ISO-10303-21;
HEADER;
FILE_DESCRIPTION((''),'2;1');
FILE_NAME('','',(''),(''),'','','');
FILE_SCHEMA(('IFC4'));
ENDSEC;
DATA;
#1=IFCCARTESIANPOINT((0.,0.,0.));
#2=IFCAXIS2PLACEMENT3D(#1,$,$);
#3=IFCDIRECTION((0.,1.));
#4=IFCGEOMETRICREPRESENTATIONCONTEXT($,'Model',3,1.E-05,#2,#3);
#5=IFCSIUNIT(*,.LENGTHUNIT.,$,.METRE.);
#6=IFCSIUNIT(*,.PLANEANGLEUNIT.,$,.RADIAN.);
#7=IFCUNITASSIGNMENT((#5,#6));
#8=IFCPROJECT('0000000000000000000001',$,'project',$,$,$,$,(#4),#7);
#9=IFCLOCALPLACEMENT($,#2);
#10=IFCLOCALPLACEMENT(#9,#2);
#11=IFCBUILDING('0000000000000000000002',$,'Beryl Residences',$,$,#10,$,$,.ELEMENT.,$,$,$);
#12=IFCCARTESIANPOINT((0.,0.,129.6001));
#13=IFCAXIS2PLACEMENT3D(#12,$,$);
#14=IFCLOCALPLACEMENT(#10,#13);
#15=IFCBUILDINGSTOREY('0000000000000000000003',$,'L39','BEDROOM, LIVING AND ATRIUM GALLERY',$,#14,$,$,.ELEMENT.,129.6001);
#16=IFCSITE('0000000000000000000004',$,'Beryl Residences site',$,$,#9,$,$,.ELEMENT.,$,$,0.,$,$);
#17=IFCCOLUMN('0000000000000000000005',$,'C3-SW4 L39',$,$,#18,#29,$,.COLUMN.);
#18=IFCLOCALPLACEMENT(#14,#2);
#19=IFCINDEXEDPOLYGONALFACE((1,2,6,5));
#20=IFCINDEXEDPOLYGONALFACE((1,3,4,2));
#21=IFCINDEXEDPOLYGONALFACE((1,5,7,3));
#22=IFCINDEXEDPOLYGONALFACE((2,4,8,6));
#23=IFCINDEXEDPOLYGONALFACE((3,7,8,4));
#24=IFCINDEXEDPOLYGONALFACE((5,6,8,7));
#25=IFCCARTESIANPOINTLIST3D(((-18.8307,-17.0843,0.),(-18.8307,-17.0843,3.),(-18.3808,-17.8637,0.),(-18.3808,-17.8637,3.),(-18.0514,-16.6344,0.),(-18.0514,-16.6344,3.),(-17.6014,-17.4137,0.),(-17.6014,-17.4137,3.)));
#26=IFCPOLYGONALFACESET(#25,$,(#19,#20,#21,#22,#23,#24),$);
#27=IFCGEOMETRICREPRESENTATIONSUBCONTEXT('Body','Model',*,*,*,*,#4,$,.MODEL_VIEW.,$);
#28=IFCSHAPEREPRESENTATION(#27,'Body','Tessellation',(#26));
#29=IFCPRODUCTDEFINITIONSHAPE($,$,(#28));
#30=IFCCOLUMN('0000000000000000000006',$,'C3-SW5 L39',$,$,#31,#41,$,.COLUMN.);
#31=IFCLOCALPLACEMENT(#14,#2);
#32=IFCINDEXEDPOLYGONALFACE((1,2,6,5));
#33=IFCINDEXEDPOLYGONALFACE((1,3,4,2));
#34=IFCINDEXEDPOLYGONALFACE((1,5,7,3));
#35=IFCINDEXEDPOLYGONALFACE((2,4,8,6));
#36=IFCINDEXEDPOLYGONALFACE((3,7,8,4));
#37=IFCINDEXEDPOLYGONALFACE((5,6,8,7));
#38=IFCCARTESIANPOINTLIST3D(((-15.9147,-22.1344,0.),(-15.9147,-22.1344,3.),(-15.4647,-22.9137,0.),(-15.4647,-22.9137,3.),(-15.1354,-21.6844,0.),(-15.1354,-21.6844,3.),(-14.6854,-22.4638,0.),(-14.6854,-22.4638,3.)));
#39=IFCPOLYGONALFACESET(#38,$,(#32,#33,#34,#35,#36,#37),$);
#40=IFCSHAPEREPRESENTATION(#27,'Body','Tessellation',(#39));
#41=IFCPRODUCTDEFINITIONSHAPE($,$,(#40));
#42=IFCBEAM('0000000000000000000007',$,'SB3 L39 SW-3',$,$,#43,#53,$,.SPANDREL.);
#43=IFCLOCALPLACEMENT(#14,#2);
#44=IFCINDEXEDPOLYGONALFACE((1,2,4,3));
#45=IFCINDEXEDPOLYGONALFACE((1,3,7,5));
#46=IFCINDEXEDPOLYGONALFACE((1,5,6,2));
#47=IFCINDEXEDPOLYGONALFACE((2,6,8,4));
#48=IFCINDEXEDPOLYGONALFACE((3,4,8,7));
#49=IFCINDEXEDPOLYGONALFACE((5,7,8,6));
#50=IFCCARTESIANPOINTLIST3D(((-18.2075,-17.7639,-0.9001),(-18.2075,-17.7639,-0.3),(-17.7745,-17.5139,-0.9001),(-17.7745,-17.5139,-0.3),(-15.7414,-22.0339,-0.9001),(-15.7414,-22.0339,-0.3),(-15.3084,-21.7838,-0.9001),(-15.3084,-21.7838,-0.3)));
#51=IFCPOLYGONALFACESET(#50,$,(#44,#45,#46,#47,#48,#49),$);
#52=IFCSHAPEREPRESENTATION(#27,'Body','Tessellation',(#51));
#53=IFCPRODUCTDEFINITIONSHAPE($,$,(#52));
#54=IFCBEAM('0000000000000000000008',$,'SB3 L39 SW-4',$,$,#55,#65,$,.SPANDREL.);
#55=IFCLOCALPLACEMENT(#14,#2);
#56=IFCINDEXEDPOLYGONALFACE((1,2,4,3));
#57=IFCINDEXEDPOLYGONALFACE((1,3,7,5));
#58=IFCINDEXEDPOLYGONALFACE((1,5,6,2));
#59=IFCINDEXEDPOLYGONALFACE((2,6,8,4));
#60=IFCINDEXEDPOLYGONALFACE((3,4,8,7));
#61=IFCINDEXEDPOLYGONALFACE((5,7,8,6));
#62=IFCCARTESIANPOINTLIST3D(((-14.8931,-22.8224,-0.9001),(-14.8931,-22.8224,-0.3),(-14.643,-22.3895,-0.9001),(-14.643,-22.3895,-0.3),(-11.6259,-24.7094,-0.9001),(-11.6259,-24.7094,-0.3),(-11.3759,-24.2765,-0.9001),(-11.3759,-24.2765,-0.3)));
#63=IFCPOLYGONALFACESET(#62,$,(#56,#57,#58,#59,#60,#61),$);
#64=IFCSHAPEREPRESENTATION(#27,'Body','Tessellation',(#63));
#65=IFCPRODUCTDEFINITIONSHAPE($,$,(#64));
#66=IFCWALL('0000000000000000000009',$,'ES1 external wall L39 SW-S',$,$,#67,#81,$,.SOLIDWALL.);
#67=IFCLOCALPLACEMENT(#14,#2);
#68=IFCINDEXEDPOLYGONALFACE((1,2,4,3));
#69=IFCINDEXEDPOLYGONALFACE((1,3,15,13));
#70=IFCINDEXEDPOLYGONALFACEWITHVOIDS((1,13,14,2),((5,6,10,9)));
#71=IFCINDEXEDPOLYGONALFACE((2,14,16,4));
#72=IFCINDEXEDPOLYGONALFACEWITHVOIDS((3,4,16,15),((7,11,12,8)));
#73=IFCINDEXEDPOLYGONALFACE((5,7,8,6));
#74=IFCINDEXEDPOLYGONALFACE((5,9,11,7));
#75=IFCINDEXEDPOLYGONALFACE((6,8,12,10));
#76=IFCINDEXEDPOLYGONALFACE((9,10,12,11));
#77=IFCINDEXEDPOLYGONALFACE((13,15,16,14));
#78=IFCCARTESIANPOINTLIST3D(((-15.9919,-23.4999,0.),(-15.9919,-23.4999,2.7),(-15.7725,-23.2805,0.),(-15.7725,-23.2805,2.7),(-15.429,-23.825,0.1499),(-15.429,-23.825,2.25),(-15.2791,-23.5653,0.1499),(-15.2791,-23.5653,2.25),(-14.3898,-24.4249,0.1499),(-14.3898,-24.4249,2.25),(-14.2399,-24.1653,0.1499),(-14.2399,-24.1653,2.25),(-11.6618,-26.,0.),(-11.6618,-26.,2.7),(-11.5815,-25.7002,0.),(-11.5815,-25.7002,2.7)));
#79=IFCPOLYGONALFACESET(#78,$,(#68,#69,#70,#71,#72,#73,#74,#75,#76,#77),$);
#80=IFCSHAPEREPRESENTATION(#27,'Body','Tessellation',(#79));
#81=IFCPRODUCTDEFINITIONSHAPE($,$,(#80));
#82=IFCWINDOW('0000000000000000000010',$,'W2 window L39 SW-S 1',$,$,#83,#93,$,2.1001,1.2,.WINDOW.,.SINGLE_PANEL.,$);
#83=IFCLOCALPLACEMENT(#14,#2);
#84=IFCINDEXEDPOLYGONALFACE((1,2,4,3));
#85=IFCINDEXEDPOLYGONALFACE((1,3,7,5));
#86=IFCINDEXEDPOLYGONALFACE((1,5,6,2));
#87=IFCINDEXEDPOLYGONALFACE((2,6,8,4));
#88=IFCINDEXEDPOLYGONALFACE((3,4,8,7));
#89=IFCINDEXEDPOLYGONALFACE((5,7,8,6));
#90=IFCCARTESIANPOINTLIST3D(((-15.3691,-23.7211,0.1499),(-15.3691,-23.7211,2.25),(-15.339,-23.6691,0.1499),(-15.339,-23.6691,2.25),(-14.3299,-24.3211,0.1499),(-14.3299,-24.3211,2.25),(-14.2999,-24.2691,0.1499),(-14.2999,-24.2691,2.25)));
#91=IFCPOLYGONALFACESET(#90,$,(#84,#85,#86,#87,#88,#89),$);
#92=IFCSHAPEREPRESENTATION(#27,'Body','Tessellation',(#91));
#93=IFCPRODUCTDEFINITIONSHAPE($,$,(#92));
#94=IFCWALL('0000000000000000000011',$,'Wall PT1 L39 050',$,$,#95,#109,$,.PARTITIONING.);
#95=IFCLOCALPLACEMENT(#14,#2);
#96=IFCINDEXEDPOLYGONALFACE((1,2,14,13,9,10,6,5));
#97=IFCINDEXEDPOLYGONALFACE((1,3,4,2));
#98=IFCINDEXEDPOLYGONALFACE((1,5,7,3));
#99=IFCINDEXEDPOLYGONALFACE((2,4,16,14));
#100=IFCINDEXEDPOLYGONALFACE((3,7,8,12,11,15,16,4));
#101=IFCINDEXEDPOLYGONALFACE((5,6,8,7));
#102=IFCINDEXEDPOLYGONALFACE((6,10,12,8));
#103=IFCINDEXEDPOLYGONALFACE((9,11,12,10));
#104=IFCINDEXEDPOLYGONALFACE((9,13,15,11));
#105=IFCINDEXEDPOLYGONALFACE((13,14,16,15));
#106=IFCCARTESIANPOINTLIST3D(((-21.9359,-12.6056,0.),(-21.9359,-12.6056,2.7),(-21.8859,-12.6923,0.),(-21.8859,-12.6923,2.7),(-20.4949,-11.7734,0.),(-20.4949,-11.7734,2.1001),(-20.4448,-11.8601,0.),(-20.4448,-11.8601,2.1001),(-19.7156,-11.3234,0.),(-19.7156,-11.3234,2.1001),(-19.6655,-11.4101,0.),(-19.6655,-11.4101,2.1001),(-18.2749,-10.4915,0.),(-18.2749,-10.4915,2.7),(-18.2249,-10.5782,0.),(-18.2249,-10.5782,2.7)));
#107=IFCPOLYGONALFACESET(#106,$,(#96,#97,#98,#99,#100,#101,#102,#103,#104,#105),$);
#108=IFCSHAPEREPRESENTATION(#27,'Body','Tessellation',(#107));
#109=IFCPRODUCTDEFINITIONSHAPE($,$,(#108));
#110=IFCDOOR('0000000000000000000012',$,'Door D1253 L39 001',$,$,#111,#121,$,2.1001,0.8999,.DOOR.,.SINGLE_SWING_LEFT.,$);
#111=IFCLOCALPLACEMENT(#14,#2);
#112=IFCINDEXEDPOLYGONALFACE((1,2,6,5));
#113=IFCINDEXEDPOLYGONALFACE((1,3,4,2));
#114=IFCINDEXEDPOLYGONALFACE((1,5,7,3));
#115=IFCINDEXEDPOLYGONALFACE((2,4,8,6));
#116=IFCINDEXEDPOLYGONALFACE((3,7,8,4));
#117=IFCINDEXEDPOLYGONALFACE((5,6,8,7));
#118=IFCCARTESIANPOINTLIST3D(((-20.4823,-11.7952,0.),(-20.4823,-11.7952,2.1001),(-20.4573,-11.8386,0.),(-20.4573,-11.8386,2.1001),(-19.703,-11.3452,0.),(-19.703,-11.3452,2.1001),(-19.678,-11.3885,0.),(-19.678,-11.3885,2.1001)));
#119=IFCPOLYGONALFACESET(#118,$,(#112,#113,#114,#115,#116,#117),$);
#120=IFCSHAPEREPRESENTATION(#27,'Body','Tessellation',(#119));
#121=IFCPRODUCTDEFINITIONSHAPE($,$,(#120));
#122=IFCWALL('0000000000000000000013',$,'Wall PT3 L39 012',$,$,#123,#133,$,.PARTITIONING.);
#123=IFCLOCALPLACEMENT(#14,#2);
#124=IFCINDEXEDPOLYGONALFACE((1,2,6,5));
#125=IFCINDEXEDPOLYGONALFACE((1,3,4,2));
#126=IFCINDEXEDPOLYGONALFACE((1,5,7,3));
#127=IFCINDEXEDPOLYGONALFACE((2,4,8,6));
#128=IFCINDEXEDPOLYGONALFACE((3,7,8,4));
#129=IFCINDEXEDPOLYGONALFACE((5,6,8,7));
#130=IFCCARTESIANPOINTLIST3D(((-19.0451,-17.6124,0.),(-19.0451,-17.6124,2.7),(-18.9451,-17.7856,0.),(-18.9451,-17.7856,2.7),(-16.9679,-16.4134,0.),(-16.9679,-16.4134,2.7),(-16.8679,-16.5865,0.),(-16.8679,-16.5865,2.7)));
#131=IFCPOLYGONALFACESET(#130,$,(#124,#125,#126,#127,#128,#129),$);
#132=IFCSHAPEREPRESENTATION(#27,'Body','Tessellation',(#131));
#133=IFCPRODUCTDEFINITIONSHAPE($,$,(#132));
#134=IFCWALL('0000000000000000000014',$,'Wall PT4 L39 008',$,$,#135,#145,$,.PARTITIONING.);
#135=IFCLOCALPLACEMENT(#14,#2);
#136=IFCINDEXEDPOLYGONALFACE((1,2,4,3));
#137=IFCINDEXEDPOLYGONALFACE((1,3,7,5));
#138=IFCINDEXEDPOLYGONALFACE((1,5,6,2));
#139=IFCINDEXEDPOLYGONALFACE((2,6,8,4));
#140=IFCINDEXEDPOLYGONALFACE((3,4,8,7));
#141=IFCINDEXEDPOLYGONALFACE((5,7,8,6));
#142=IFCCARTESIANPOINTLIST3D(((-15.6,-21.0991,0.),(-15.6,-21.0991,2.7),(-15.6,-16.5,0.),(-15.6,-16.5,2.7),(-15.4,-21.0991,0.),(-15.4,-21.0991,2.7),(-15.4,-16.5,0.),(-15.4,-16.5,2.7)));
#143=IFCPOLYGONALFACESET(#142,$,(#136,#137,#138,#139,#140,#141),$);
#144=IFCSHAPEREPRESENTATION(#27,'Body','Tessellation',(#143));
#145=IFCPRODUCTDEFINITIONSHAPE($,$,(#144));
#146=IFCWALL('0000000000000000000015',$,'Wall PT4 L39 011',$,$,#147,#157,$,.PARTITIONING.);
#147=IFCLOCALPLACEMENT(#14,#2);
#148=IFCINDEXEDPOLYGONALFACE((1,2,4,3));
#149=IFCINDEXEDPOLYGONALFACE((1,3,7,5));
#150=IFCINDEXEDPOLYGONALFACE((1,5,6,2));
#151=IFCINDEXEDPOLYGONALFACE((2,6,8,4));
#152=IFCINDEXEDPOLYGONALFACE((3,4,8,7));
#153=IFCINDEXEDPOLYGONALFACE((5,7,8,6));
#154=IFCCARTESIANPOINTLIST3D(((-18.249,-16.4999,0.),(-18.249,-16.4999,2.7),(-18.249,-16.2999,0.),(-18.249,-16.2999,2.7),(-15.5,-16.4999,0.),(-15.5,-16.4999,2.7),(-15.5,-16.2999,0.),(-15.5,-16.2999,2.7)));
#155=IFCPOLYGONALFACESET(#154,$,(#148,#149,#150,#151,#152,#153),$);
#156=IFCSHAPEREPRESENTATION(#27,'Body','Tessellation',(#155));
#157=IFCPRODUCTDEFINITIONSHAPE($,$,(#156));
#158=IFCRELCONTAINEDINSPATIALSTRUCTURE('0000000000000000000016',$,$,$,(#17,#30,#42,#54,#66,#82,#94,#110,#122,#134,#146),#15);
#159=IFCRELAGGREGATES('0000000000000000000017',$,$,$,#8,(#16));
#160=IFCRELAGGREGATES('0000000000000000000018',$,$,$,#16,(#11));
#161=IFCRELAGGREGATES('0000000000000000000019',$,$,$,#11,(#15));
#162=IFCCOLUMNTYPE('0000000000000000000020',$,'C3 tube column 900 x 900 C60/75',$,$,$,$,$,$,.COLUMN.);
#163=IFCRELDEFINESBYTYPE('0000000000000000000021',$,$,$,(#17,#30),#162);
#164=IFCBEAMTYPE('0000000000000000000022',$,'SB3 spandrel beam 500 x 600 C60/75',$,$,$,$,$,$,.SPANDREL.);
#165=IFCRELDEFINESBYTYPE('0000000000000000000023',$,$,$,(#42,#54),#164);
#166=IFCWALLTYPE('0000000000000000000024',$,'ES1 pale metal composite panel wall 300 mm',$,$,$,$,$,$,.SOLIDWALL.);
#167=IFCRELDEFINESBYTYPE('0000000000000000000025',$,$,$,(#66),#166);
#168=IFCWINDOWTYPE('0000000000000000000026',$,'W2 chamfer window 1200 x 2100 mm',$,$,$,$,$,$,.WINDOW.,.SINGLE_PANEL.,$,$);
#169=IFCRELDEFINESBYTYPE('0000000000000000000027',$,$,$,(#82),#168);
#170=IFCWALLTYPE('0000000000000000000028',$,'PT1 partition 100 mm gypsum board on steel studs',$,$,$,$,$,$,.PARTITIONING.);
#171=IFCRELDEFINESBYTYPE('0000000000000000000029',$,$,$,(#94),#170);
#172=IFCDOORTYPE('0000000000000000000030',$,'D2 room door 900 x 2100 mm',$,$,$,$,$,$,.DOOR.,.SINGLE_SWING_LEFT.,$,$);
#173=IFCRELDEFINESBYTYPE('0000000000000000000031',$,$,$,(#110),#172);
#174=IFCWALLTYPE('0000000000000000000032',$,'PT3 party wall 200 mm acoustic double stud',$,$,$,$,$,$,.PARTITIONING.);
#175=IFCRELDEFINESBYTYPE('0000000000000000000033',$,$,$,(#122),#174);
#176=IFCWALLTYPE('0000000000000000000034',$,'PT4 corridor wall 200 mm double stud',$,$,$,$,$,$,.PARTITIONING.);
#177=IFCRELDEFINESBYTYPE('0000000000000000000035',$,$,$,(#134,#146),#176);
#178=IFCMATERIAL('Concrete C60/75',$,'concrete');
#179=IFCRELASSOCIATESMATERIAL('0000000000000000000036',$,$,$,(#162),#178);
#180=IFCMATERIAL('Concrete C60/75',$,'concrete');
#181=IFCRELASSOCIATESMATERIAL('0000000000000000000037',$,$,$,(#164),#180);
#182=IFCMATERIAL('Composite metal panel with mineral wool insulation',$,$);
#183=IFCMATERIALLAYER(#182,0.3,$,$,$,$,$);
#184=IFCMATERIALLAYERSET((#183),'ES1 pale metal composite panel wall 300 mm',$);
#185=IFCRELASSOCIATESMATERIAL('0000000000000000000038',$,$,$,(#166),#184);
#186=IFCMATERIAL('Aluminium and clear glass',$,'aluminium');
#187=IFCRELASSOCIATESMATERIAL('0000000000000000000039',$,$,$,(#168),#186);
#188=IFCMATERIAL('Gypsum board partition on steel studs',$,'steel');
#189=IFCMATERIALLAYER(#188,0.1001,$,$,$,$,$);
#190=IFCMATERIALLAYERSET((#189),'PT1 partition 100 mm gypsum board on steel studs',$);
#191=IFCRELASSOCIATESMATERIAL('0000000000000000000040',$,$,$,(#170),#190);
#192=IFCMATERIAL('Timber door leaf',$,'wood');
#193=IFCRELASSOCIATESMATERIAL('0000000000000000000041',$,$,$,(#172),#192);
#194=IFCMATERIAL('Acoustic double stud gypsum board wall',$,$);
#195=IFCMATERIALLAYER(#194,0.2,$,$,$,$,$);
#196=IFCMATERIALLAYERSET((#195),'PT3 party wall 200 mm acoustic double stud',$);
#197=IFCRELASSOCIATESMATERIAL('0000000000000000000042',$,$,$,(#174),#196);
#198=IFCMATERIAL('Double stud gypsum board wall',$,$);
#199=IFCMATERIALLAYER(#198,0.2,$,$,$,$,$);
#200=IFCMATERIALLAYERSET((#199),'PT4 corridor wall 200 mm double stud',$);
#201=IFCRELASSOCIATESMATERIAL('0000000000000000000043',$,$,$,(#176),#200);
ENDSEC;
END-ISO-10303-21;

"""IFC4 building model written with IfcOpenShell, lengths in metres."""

from ifc_helpers import new_model, si_unit, direction, frame, frame_2d, origin, origin_2d, place, context, subcontext, project, spatial, polyline, rectangle, outline, extrude, material, layer, layer_set, material_profile, profile_set, type_object, element, fill, save


model = new_model("IFC4")

# Units and contexts
model_context = context("Model", 3, precision=1e-05, world=origin(), true_north=direction((0.0, 1.0)))
body_context = subcontext(model_context, "Body", "Model", "MODEL_VIEW")
ifc_project = project(units=[si_unit("LENGTHUNIT", "METRE"), si_unit("PLANEANGLEUNIT", "RADIAN")], contexts=[model_context])

# Site, building, storey
site_placement = place(None, origin())
site = spatial("IfcSite", under=ifc_project, at=site_placement, Name="Beryl Residences site", CompositionType="ELEMENT", RefElevation=0.0)
building_placement = place(site_placement, origin())
building = spatial("IfcBuilding", under=site, at=building_placement, Name="Beryl Residences", CompositionType="ELEMENT")
storey_placement = place(building_placement, frame((0.0, 0.0, 129.6001)))
storey = spatial("IfcBuildingStorey", under=building, at=storey_placement, Name="L39", Description="BEDROOM, LIVING AND ATRIUM GALLERY", CompositionType="ELEMENT", Elevation=129.6001)

# Columns
ifc_material_1 = material(Name="Concrete C60/75", Category="concrete")
ifc_material_profile_1 = material_profile(ifc_material_1, rectangle(XDim=0.8999, YDim=0.8999, at=origin_2d()))
ifc_profile_set_1 = profile_set([ifc_material_profile_1], Name="Concrete C60/75")
column_type = type_object("IfcColumnType", Name="C3 tube column 900 x 900 C60/75", PredefinedType="COLUMN", material=ifc_profile_set_1)
for number, where, z_axis, x_axis, name in (
    (1, (-18.2161, -17.249, 0.0), (0.0, 0.0, 1.0), (0.5, -0.866025, 0.0), "C3-SW4 L39"),
    (2, (-15.3, -22.2991, 0.0), (0.0, 0.0, 1.0), (0.5, -0.866025, 0.0), "C3-SW5 L39"),
):
    element("IfcColumn", number, at=place(storey_placement, frame(where, z_axis=z_axis, x_axis=x_axis)), inside=storey, type_object=column_type, Name=name, PredefinedType="COLUMN", context=body_context, shape_type="SweptSolid", body=[
        extrude(rectangle(XDim=0.8999, YDim=0.8999, at=origin_2d()), origin(), (0.0, 0.0, 1.0), 3.0),
    ])

# Beams
ifc_material_2 = material(Name="Concrete C60/75", Category="concrete")
ifc_material_profile_2 = material_profile(ifc_material_2, rectangle(XDim=0.5, YDim=0.6001, at=origin_2d()))
ifc_profile_set_2 = profile_set([ifc_material_profile_2], Name="Concrete C60/75")
beam_type = type_object("IfcBeamType", Name="SB3 spandrel beam 500 x 600 C60/75", PredefinedType="SPANDREL", material=ifc_profile_set_2)
beam_1_placement = place(storey_placement, frame((-17.991, -17.6389, -0.6001), z_axis=(0.500117, -0.865958, 0.0), x_axis=(0.865958, 0.500117, 0.0)))
element("IfcBeam", 3, at=beam_1_placement, inside=storey, type_object=beam_type, Name="SB3 L39 SW-3", PredefinedType="SPANDREL", context=body_context, shape_type="SweptSolid", body=[
    extrude(rectangle(XDim=0.5, YDim=0.6001, at=origin_2d()), origin(), (0.0, 0.0, 1.0), 4.9309),
])
beam_2_placement = place(storey_placement, frame((-14.7681, -22.606, -0.6001), z_axis=(0.865944, -0.500141, 0.0), x_axis=(0.500141, 0.865944, 0.0)))
element("IfcBeam", 4, at=beam_2_placement, inside=storey, type_object=beam_type, Name="SB3 L39 SW-4", PredefinedType="SPANDREL", context=body_context, shape_type="SweptSolid", body=[
    extrude(rectangle(XDim=0.5, YDim=0.6001, at=origin_2d()), origin(), (0.0, 0.0, 1.0), 3.7729),
])

# Wall, opening, window
ifc_material_3 = material(Name="Composite metal panel with mineral wool insulation")
ifc_layer_1 = layer(ifc_material_3, 0.3)
ifc_layer_set_1 = layer_set([ifc_layer_1], Name="ES1 pale metal composite panel wall 300 mm")
wall_type_1 = type_object("IfcWallType", Name="ES1 pale metal composite panel wall 300 mm", PredefinedType="SOLIDWALL", material=ifc_layer_set_1)
wall_1_placement = place(storey_placement, frame((-15.917, -23.3701, 0.0), z_axis=(0.0, 0.0, 1.0), x_axis=(0.866023, -0.500004, 0.0)))
wall_1 = element("IfcWall", 5, at=wall_1_placement, inside=storey, type_object=wall_type_1, Name="ES1 external wall L39 SW-S", PredefinedType="SOLIDWALL", context=body_context, shape_type="SweptSolid", body=[
    extrude(outline(polyline([(0.0, -0.1499), (5.0, -0.1499), (4.9197, 0.1499), (0.0803, 0.1499), (0.0, -0.1499)])), origin(), (0.0, 0.0, 1.0), 2.7),
])
opening_1_placement = place(wall_1_placement, frame((0.6499, 0.0, 0.1499)))
opening_1 = element("IfcOpeningElement", 6, at=opening_1_placement, cuts=wall_1, PredefinedType="OPENING", context=body_context, shape_type="SweptSolid", body=[
    extrude(rectangle(XDim=1.2, YDim=2.1001, at=frame_2d((0.6001, 1.05))), frame((0.0, 0.1599, 0.0), z_axis=(0.0, -1.0, 0.0), x_axis=(1.0, 0.0, 0.0)), (0.0, 0.0, 1.0), 0.3201),
])
ifc_material_4 = material(Name="Aluminium and clear glass", Category="aluminium")
window_type = type_object("IfcWindowType", Name="W2 chamfer window 1200 x 2100 mm", PartitioningType="SINGLE_PANEL", PredefinedType="WINDOW", material=ifc_material_4)
window_placement = place(opening_1_placement, origin())
window = element("IfcWindow", 7, at=window_placement, inside=storey, type_object=window_type, Name="W2 window L39 SW-S 1", OverallHeight=2.1001, OverallWidth=1.2, PartitioningType="SINGLE_PANEL", PredefinedType="WINDOW", context=body_context, shape_type="SweptSolid", body=[
    extrude(rectangle(XDim=1.2, YDim=2.1001, at=frame_2d((0.6001, 1.05))), frame((0.0, 0.03, 0.0), z_axis=(0.0, -1.0, 0.0), x_axis=(1.0, 0.0, 0.0)), (0.0, 0.0, 1.0), 0.0601),
])
fill(opening_1, window)

# Wall, opening, door
ifc_material_5 = material(Name="Gypsum board partition on steel studs", Category="steel")
ifc_layer_2 = layer(ifc_material_5, 0.1001)
ifc_layer_set_2 = layer_set([ifc_layer_2], Name="PT1 partition 100 mm gypsum board on steel studs")
wall_type_2 = type_object("IfcWallType", Name="PT1 partition 100 mm gypsum board on steel studs", PredefinedType="PARTITIONING", material=ifc_layer_set_2)
wall_2_placement = place(storey_placement, frame((-21.9109, -12.6489, 0.0), z_axis=(0.0, 0.0, 1.0), x_axis=(0.865985, 0.500071, 0.0)))
wall_2 = element("IfcWall", 8, at=wall_2_placement, inside=storey, type_object=wall_type_2, Name="Wall PT1 L39 050", PredefinedType="PARTITIONING", context=body_context, shape_type="SweptSolid", body=[
    extrude(rectangle(XDim=4.2275, YDim=0.1001, at=frame_2d((2.1138, 0.0))), origin(), (0.0, 0.0, 1.0), 2.7),
])
opening_2_placement = place(wall_2_placement, frame((1.6641, 0.0, 0.0)))
opening_2 = element("IfcOpeningElement", 9, at=opening_2_placement, cuts=wall_2, PredefinedType="OPENING", context=body_context, shape_type="SweptSolid", body=[
    extrude(rectangle(XDim=0.8999, YDim=2.1001, at=frame_2d((0.45, 1.05))), frame((0.0, 0.0601, 0.0), z_axis=(0.0, -1.0, 0.0), x_axis=(1.0, 0.0, 0.0)), (0.0, 0.0, 1.0), 0.1201),
])
ifc_material_6 = material(Name="Timber door leaf", Category="wood")
door_type_1 = type_object("IfcDoorType", Name="D2 room door 900 x 2100 mm", OperationType="SINGLE_SWING_LEFT", PredefinedType="DOOR", material=ifc_material_6)
door_1_placement = place(opening_2_placement, origin())
door_1 = element("IfcDoor", 10, at=door_1_placement, inside=storey, type_object=door_type_1, Name="Door D1253 L39 001", OperationType="SINGLE_SWING_LEFT", OverallHeight=2.1001, OverallWidth=0.8999, PredefinedType="DOOR", context=body_context, shape_type="SweptSolid", body=[
    extrude(rectangle(XDim=0.8999, YDim=2.1001, at=frame_2d((0.45, 1.05))), frame((0.0, 0.0249, 0.0), z_axis=(0.0, -1.0, 0.0), x_axis=(1.0, 0.0, 0.0)), (0.0, 0.0, 1.0), 0.05),
])
fill(opening_2, door_1)

# Walls
ifc_material_7 = material(Name="Acoustic double stud gypsum board wall")
ifc_layer_3 = layer(ifc_material_7, 0.2)
ifc_layer_set_3 = layer_set([ifc_layer_3], Name="PT3 party wall 200 mm acoustic double stud")
wall_type_3 = type_object("IfcWallType", Name="PT3 party wall 200 mm acoustic double stud", PredefinedType="PARTITIONING", material=ifc_layer_set_3)
wall_3_placement = place(storey_placement, frame((-18.9951, -17.699, 0.0), z_axis=(0.0, 0.0, 1.0), x_axis=(0.866074, 0.499916, 0.0)))
element("IfcWall", 11, at=wall_3_placement, inside=storey, type_object=wall_type_3, Name="Wall PT3 L39 012", PredefinedType="PARTITIONING", context=body_context, shape_type="SweptSolid", body=[
    extrude(rectangle(XDim=2.3984, YDim=0.2, at=frame_2d((1.1992, 0.0))), origin(), (0.0, 0.0, 1.0), 2.7),
])
ifc_material_8 = material(Name="Double stud gypsum board wall")
ifc_layer_4 = layer(ifc_material_8, 0.2)
ifc_layer_set_4 = layer_set([ifc_layer_4], Name="PT4 corridor wall 200 mm double stud")
wall_type_4 = type_object("IfcWallType", Name="PT4 corridor wall 200 mm double stud", PredefinedType="PARTITIONING", material=ifc_layer_set_4)
wall_4_placement = place(storey_placement, frame((-15.5, -16.5, 0.0), z_axis=(0.0, 0.0, 1.0), x_axis=(0.0, -1.0, 0.0)))
element("IfcWall", 12, at=wall_4_placement, inside=storey, type_object=wall_type_4, Name="Wall PT4 L39 008", PredefinedType="PARTITIONING", context=body_context, shape_type="SweptSolid", body=[
    extrude(rectangle(XDim=4.5991, YDim=0.2, at=frame_2d((2.2996, 0.0))), origin(), (0.0, 0.0, 1.0), 2.7),
])
wall_5_placement = place(storey_placement, frame((-18.249, -16.3999, 0.0), z_axis=(0.0, 0.0, 1.0), x_axis=(1.0, 0.0, 0.0)))
element("IfcWall", 13, at=wall_5_placement, inside=storey, type_object=wall_type_4, Name="Wall PT4 L39 011", PredefinedType="PARTITIONING", context=body_context, shape_type="SweptSolid", body=[
    extrude(rectangle(XDim=2.749, YDim=0.2, at=frame_2d((1.3745, 0.0))), origin(), (0.0, 0.0, 1.0), 2.7),
])

save(model, "model.ifc")
